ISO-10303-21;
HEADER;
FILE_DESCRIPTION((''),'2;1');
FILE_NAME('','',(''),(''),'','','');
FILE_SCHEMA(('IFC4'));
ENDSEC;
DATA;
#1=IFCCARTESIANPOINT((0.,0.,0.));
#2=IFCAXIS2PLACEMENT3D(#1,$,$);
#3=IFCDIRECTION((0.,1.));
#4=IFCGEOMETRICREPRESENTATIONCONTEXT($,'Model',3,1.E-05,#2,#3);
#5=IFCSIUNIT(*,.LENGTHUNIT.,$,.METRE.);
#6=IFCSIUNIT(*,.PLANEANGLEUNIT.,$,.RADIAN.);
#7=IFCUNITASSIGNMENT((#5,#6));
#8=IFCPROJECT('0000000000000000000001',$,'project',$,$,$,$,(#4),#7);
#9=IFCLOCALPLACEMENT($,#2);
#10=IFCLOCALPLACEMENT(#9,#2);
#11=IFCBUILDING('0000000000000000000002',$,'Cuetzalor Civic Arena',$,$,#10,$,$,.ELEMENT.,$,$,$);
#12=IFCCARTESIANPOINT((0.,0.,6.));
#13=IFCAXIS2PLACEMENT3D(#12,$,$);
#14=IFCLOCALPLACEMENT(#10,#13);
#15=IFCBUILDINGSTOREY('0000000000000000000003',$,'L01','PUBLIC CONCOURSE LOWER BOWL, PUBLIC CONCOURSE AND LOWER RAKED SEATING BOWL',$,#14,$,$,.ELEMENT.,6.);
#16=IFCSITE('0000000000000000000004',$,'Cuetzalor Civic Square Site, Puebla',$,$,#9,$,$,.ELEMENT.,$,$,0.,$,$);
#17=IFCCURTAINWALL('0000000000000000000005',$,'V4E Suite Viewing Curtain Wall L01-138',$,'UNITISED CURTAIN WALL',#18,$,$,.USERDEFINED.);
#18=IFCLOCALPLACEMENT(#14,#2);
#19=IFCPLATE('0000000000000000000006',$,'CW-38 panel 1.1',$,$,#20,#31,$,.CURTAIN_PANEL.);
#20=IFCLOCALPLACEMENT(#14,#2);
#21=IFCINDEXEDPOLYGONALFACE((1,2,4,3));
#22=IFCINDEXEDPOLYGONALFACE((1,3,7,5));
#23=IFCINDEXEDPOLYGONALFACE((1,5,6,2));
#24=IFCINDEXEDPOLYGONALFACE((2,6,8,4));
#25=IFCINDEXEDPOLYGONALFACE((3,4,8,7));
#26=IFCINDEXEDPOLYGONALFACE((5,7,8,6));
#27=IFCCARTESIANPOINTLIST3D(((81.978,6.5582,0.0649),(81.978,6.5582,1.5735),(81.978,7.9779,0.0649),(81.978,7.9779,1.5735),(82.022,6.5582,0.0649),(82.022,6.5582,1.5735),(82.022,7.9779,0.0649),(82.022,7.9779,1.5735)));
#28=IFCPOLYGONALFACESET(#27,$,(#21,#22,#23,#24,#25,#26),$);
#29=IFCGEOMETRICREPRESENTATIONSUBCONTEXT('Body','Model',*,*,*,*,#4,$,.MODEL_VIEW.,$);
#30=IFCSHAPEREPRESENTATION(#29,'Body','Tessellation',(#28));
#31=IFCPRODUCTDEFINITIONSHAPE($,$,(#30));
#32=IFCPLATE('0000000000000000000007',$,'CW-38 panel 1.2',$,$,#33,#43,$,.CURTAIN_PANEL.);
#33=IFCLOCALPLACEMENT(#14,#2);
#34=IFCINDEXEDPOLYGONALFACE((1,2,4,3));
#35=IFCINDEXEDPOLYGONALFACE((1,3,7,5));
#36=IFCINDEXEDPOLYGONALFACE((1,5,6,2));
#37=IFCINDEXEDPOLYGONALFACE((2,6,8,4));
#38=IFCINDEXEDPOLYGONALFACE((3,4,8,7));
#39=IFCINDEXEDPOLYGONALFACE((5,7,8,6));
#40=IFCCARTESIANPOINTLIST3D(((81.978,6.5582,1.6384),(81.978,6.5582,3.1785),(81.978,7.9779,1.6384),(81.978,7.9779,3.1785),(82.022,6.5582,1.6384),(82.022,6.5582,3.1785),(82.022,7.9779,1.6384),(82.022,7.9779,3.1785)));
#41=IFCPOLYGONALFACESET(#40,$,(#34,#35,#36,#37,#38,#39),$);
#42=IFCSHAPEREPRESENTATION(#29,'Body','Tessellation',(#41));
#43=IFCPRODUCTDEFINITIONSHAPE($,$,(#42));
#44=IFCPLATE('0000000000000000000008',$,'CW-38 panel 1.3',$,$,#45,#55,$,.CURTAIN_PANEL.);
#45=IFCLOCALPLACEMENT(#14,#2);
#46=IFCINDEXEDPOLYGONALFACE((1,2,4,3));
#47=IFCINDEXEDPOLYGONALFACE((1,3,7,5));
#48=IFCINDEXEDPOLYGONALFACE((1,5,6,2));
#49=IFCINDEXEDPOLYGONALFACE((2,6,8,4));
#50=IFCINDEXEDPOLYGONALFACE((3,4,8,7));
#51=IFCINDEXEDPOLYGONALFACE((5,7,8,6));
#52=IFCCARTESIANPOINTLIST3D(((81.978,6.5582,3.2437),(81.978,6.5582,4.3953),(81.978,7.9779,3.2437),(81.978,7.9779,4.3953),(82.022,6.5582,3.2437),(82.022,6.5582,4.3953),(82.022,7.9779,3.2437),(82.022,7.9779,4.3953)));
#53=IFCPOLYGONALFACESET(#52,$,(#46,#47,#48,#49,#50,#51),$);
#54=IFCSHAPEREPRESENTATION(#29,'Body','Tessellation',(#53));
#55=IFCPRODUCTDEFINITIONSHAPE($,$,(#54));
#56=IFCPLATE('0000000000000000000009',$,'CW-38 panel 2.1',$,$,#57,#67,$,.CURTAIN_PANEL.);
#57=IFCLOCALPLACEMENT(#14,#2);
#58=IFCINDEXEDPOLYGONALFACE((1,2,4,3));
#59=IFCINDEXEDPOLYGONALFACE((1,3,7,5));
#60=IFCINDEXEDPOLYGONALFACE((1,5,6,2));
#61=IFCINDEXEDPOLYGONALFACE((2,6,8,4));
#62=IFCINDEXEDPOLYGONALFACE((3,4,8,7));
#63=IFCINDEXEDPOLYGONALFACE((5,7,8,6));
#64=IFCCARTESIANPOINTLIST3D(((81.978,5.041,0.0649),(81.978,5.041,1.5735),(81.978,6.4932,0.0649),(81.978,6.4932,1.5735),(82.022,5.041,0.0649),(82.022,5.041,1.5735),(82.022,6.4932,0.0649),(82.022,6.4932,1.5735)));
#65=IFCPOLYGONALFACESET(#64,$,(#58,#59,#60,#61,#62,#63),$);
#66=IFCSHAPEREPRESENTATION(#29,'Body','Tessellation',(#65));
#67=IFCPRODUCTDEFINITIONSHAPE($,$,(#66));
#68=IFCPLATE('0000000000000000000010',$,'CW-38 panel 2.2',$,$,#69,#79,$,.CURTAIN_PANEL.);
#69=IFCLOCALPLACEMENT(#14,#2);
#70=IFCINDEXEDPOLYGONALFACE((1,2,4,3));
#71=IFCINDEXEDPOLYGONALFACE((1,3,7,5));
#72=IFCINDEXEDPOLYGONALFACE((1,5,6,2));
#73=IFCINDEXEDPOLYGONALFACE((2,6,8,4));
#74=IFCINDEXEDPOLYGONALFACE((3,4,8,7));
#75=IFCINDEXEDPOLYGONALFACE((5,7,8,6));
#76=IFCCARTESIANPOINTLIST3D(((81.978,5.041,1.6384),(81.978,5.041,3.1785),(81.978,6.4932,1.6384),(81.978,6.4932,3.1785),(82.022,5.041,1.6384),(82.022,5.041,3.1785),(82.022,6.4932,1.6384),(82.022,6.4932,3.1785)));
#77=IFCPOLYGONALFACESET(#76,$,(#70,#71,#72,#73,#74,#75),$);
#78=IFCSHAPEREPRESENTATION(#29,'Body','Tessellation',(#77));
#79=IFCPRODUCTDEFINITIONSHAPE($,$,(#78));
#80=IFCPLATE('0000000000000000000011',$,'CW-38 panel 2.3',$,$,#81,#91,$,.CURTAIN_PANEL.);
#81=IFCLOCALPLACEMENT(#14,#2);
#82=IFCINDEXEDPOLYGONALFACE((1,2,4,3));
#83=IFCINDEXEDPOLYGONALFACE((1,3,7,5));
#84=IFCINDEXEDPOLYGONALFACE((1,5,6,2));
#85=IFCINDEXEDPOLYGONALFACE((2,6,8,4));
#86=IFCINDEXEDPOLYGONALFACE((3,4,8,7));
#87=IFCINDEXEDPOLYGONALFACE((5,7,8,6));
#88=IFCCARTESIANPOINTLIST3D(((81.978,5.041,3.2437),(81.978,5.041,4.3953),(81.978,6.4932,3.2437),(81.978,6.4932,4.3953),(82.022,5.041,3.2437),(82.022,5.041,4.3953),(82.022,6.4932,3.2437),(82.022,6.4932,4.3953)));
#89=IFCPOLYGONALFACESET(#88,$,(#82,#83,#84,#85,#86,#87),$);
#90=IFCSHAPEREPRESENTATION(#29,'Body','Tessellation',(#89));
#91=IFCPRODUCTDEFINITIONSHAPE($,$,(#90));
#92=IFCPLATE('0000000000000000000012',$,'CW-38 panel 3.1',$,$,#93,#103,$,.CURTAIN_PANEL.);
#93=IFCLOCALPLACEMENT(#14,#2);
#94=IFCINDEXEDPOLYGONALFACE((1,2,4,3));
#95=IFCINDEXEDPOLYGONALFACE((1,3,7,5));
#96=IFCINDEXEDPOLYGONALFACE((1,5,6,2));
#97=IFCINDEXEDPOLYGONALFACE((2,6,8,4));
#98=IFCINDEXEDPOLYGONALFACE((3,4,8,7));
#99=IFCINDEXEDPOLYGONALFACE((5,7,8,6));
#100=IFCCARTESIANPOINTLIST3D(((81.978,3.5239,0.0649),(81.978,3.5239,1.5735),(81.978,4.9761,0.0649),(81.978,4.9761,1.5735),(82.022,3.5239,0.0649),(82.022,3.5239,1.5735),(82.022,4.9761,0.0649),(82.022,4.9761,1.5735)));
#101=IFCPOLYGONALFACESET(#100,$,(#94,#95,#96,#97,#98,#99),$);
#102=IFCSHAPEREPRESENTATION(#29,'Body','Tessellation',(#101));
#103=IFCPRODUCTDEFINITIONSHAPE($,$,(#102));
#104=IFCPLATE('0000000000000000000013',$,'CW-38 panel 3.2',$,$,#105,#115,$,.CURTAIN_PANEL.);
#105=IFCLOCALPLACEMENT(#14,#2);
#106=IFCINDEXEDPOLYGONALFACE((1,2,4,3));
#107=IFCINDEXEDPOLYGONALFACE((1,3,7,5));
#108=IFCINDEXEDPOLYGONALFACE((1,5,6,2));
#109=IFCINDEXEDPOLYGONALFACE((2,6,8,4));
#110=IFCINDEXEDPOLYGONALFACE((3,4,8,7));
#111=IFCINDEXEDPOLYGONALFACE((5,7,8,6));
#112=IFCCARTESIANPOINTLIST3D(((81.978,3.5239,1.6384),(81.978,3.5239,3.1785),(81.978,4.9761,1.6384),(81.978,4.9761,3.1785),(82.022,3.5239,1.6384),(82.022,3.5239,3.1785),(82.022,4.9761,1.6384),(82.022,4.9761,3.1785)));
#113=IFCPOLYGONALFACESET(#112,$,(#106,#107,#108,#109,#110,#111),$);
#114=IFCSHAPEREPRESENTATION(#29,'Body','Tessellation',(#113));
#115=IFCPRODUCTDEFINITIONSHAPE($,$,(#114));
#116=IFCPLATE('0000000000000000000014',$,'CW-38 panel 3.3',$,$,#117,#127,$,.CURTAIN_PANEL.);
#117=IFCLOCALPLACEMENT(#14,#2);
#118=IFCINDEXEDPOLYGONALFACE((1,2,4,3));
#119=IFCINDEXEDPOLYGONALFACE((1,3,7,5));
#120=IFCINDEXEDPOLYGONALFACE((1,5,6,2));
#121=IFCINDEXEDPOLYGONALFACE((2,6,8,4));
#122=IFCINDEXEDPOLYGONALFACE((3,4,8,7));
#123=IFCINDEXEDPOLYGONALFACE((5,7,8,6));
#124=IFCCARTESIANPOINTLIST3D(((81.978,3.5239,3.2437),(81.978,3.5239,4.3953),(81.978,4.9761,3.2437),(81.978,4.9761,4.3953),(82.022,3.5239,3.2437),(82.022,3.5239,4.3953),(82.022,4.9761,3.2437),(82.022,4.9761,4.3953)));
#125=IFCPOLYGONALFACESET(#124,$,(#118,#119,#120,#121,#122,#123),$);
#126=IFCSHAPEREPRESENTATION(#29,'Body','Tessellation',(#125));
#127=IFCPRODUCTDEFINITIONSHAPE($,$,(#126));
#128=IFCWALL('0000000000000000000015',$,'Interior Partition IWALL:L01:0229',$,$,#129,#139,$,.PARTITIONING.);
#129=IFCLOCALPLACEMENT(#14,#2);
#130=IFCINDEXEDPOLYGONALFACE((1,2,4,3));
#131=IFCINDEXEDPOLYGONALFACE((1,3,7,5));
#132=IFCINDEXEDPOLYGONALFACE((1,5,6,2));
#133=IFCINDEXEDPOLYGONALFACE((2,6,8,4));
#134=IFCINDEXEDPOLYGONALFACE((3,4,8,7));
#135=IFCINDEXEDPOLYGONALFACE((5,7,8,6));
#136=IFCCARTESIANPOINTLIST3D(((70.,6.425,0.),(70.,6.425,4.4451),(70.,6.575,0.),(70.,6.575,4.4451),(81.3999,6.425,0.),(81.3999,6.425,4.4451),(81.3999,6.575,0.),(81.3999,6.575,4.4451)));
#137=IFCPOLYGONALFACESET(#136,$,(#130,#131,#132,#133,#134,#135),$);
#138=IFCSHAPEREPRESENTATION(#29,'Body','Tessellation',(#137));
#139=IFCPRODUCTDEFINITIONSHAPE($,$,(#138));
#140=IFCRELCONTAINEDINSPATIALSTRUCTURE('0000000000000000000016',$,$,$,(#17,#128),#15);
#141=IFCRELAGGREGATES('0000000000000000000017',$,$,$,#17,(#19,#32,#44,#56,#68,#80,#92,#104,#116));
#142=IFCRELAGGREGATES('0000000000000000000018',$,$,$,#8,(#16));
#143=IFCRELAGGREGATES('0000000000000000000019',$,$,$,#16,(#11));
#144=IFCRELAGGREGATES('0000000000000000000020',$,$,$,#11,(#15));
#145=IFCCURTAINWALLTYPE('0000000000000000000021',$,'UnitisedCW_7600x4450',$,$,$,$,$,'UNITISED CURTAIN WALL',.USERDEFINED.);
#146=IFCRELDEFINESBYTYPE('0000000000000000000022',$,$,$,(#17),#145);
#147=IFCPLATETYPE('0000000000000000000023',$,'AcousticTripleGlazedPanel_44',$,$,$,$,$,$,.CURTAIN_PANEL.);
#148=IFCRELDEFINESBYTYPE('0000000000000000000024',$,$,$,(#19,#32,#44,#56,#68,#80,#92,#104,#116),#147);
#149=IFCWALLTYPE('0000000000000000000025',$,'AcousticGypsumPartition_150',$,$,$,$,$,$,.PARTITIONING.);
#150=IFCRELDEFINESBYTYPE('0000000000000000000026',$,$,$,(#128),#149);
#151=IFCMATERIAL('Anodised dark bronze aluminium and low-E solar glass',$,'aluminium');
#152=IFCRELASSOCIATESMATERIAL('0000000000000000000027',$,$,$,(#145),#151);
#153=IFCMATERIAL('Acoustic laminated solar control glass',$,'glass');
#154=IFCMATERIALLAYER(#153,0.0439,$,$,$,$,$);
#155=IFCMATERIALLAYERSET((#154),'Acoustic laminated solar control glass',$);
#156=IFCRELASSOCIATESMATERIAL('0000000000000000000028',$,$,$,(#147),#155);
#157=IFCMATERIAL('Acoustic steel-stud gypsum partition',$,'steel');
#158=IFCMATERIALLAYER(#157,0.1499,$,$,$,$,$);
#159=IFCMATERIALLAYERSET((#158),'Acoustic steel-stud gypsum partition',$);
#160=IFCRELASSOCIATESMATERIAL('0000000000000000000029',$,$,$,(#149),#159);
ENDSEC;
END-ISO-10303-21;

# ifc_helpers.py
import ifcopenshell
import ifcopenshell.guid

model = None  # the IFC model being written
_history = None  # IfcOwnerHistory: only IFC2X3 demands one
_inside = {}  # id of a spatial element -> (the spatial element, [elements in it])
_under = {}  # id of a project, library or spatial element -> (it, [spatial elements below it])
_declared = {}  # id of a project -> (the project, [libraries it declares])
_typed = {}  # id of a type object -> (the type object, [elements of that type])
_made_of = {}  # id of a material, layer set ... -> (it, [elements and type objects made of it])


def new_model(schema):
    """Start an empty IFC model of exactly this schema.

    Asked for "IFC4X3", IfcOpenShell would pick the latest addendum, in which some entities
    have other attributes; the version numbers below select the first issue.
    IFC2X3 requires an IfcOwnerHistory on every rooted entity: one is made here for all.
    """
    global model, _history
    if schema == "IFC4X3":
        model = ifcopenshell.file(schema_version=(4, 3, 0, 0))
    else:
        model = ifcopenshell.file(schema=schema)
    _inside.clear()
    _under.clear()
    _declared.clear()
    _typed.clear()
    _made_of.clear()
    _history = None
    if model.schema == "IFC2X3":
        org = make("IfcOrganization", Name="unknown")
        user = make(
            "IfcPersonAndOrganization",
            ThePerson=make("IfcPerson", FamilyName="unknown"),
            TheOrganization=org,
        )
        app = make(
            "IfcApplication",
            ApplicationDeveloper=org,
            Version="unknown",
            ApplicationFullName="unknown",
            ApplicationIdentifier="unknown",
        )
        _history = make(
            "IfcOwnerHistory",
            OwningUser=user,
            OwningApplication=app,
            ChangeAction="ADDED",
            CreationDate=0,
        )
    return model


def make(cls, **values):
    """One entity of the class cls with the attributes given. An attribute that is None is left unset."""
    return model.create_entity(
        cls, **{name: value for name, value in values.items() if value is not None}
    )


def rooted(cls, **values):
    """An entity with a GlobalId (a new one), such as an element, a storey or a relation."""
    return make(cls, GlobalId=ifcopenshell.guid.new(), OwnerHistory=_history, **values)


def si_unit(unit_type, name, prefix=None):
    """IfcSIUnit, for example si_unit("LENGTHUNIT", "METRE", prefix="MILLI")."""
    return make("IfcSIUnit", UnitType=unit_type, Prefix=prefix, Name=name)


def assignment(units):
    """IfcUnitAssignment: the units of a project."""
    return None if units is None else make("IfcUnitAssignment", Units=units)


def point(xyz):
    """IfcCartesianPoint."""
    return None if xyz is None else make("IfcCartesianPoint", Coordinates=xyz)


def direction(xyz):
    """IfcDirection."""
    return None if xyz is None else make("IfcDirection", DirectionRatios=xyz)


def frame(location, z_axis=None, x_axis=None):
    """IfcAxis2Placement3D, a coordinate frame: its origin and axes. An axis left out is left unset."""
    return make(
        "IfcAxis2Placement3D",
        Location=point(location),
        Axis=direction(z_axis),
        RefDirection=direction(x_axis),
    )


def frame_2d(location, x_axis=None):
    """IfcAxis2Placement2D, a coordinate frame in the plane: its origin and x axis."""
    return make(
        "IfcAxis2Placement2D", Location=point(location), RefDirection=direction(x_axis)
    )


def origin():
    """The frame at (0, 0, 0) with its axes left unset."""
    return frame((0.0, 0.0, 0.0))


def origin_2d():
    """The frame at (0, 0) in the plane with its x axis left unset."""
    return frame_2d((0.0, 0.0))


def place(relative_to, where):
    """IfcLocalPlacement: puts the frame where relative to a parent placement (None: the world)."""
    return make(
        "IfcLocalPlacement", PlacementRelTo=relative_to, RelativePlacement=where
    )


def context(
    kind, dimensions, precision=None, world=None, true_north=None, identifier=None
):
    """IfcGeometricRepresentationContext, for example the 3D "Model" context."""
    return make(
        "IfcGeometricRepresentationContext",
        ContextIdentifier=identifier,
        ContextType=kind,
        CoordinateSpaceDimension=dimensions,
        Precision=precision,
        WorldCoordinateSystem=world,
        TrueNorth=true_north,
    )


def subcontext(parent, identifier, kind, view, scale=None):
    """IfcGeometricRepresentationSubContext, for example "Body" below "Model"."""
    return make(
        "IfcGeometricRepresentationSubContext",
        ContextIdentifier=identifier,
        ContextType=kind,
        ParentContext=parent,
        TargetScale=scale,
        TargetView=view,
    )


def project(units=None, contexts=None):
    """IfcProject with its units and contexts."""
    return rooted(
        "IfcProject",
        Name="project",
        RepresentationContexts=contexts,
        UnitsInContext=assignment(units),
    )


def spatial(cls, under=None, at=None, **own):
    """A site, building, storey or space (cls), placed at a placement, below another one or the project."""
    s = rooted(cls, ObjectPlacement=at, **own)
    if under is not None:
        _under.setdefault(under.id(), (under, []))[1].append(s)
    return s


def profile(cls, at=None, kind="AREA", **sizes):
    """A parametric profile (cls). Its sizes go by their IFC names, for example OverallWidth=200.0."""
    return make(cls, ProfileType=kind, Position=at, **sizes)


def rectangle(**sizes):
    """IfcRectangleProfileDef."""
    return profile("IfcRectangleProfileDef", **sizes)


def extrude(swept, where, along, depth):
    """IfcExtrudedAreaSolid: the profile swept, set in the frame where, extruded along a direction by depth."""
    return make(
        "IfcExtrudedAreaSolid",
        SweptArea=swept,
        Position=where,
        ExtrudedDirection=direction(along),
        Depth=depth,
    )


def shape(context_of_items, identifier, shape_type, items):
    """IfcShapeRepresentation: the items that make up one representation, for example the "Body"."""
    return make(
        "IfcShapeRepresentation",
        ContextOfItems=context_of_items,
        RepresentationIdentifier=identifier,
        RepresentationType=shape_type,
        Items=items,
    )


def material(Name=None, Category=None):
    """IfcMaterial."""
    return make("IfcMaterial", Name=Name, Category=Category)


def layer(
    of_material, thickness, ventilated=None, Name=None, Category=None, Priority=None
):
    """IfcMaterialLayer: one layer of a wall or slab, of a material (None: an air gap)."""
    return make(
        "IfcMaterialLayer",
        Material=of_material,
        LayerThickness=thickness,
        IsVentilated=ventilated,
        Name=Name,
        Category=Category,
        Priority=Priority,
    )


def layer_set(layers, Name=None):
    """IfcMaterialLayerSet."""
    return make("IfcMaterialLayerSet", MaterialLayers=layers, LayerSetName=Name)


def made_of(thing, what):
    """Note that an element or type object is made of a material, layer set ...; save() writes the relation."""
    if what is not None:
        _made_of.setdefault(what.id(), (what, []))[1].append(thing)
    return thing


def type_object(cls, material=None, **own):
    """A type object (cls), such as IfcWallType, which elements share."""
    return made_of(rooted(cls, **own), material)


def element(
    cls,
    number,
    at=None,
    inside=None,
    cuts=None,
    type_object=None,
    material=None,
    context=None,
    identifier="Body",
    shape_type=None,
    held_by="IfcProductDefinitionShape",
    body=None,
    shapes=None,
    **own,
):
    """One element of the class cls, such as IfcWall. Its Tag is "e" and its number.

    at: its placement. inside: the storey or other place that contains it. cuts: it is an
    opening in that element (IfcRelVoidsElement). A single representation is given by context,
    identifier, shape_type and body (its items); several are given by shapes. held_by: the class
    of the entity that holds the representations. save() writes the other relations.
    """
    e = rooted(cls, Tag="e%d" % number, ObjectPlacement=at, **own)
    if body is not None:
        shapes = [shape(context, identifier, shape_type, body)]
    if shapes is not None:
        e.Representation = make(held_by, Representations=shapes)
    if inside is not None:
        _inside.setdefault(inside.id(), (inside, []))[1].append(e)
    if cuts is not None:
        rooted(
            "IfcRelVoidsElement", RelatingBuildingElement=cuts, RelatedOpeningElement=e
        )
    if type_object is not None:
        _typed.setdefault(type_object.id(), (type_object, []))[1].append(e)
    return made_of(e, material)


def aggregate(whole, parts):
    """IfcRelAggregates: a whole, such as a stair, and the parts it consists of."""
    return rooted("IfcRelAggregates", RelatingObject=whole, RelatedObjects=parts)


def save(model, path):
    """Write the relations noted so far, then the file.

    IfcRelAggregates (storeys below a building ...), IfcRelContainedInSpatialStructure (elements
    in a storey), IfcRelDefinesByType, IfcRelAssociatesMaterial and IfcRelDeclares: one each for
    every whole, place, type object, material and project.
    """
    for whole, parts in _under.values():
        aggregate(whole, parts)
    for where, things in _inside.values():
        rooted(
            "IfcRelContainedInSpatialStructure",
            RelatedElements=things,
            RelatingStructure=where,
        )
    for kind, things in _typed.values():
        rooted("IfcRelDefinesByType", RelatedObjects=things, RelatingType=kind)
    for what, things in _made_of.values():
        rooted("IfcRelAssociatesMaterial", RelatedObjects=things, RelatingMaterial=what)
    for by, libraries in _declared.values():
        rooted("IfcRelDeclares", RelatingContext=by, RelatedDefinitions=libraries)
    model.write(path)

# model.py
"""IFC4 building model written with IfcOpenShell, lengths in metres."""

from ifc_helpers import new_model, si_unit, direction, frame, frame_2d, origin, origin_2d, place, context, subcontext, project, spatial, rectangle, extrude, material, layer, layer_set, type_object, element, aggregate, save


model = new_model("IFC4")

# Units and contexts
model_context = context("Model", 3, precision=1e-05, world=origin(), true_north=direction((0.0, 1.0)))
body_context = subcontext(model_context, "Body", "Model", "MODEL_VIEW")
ifc_project = project(units=[si_unit("LENGTHUNIT", "METRE"), si_unit("PLANEANGLEUNIT", "RADIAN")], contexts=[model_context])

# Site, building, storey
site_placement = place(None, origin())
site = spatial("IfcSite", under=ifc_project, at=site_placement, Name="Cuetzalor Civic Square Site, Puebla", CompositionType="ELEMENT", RefElevation=0.0)
building_placement = place(site_placement, origin())
building = spatial("IfcBuilding", under=site, at=building_placement, Name="Cuetzalor Civic Arena", CompositionType="ELEMENT")
storey_placement = place(building_placement, frame((0.0, 0.0, 6.0)))
storey = spatial("IfcBuildingStorey", under=building, at=storey_placement, Name="L01", Description="PUBLIC CONCOURSE LOWER BOWL, PUBLIC CONCOURSE AND LOWER RAKED SEATING BOWL", CompositionType="ELEMENT", Elevation=6.0)

# Curtain wall
ifc_material_1 = material(Name="Anodised dark bronze aluminium and low-E solar glass", Category="aluminium")
curtain_wall_type = type_object("IfcCurtainWallType", Name="UnitisedCW_7600x4450", ElementType="UNITISED CURTAIN WALL", PredefinedType="USERDEFINED", material=ifc_material_1)
curtain_wall_placement = place(storey_placement, origin())
curtain_wall = element("IfcCurtainWall", 1, at=curtain_wall_placement, inside=storey, type_object=curtain_wall_type, Name="V4E Suite Viewing Curtain Wall L01-138", ObjectType="UNITISED CURTAIN WALL", PredefinedType="USERDEFINED")

# Plates
ifc_material_2 = material(Name="Acoustic laminated solar control glass", Category="glass")
ifc_layer_1 = layer(ifc_material_2, 0.0439)
ifc_layer_set_1 = layer_set([ifc_layer_1], Name="Acoustic laminated solar control glass")
plate_type = type_object("IfcPlateType", Name="AcousticTripleGlazedPanel_44", PredefinedType="CURTAIN_PANEL", material=ifc_layer_set_1)
plate_1_placement = place(storey_placement, frame((82.0, 7.2681, 0.0649), z_axis=(0.0, 0.0, 1.0), x_axis=(0.0, -1.0, 0.0)))
plate_1 = element("IfcPlate", 2, at=plate_1_placement, type_object=plate_type, Name="CW-38 panel 1.1", PredefinedType="CURTAIN_PANEL", context=body_context, shape_type="SweptSolid", body=[
    extrude(rectangle(XDim=1.4197, YDim=0.0439, at=origin_2d()), origin(), (0.0, 0.0, 1.0), 1.5085),
])
plate_2_placement = place(storey_placement, frame((82.0, 7.2681, 1.6384), z_axis=(0.0, 0.0, 1.0), x_axis=(0.0, -1.0, 0.0)))
plate_2 = element("IfcPlate", 3, at=plate_2_placement, type_object=plate_type, Name="CW-38 panel 1.2", PredefinedType="CURTAIN_PANEL", context=body_context, shape_type="SweptSolid", body=[
    extrude(rectangle(XDim=1.4197, YDim=0.0439, at=origin_2d()), origin(), (0.0, 0.0, 1.0), 1.54),
])
plate_3_placement = place(storey_placement, frame((82.0, 7.2681, 3.2437), z_axis=(0.0, 0.0, 1.0), x_axis=(0.0, -1.0, 0.0)))
plate_3 = element("IfcPlate", 4, at=plate_3_placement, type_object=plate_type, Name="CW-38 panel 1.3", PredefinedType="CURTAIN_PANEL", context=body_context, shape_type="SweptSolid", body=[
    extrude(rectangle(XDim=1.4197, YDim=0.0439, at=origin_2d()), origin(), (0.0, 0.0, 1.0), 1.1516),
])
plate_4_placement = place(storey_placement, frame((82.0, 5.7671, 0.0649), z_axis=(0.0, 0.0, 1.0), x_axis=(0.0, -1.0, 0.0)))
plate_4 = element("IfcPlate", 5, at=plate_4_placement, type_object=plate_type, Name="CW-38 panel 2.1", PredefinedType="CURTAIN_PANEL", context=body_context, shape_type="SweptSolid", body=[
    extrude(rectangle(XDim=1.4521, YDim=0.0439, at=origin_2d()), origin(), (0.0, 0.0, 1.0), 1.5085),
])
plate_5_placement = place(storey_placement, frame((82.0, 5.7671, 1.6384), z_axis=(0.0, 0.0, 1.0), x_axis=(0.0, -1.0, 0.0)))
plate_5 = element("IfcPlate", 6, at=plate_5_placement, type_object=plate_type, Name="CW-38 panel 2.2", PredefinedType="CURTAIN_PANEL", context=body_context, shape_type="SweptSolid", body=[
    extrude(rectangle(XDim=1.4521, YDim=0.0439, at=origin_2d()), origin(), (0.0, 0.0, 1.0), 1.54),
])
plate_6_placement = place(storey_placement, frame((82.0, 5.7671, 3.2437), z_axis=(0.0, 0.0, 1.0), x_axis=(0.0, -1.0, 0.0)))
plate_6 = element("IfcPlate", 7, at=plate_6_placement, type_object=plate_type, Name="CW-38 panel 2.3", PredefinedType="CURTAIN_PANEL", context=body_context, shape_type="SweptSolid", body=[
    extrude(rectangle(XDim=1.4521, YDim=0.0439, at=origin_2d()), origin(), (0.0, 0.0, 1.0), 1.1516),
])
plate_7_placement = place(storey_placement, frame((82.0, 4.25, 0.0649), z_axis=(0.0, 0.0, 1.0), x_axis=(0.0, -1.0, 0.0)))
plate_7 = element("IfcPlate", 8, at=plate_7_placement, type_object=plate_type, Name="CW-38 panel 3.1", PredefinedType="CURTAIN_PANEL", context=body_context, shape_type="SweptSolid", body=[
    extrude(rectangle(XDim=1.4521, YDim=0.0439, at=origin_2d()), origin(), (0.0, 0.0, 1.0), 1.5085),
])
plate_8_placement = place(storey_placement, frame((82.0, 4.25, 1.6384), z_axis=(0.0, 0.0, 1.0), x_axis=(0.0, -1.0, 0.0)))
plate_8 = element("IfcPlate", 9, at=plate_8_placement, type_object=plate_type, Name="CW-38 panel 3.2", PredefinedType="CURTAIN_PANEL", context=body_context, shape_type="SweptSolid", body=[
    extrude(rectangle(XDim=1.4521, YDim=0.0439, at=origin_2d()), origin(), (0.0, 0.0, 1.0), 1.54),
])
plate_9_placement = place(storey_placement, frame((82.0, 4.25, 3.2437), z_axis=(0.0, 0.0, 1.0), x_axis=(0.0, -1.0, 0.0)))
plate_9 = element("IfcPlate", 10, at=plate_9_placement, type_object=plate_type, Name="CW-38 panel 3.3", PredefinedType="CURTAIN_PANEL", context=body_context, shape_type="SweptSolid", body=[
    extrude(rectangle(XDim=1.4521, YDim=0.0439, at=origin_2d()), origin(), (0.0, 0.0, 1.0), 1.1516),
])
aggregate(curtain_wall, [plate_1, plate_2, plate_3, plate_4, plate_5, plate_6, plate_7, plate_8, plate_9])

# Wall
ifc_material_3 = material(Name="Acoustic steel-stud gypsum partition", Category="steel")
ifc_layer_2 = layer(ifc_material_3, 0.1499)
ifc_layer_set_2 = layer_set([ifc_layer_2], Name="Acoustic steel-stud gypsum partition")
wall_type = type_object("IfcWallType", Name="AcousticGypsumPartition_150", PredefinedType="PARTITIONING", material=ifc_layer_set_2)
wall_placement = place(storey_placement, frame((81.3999, 6.5, 0.0), z_axis=(0.0, 0.0, 1.0), x_axis=(-1.0, 0.0, 0.0)))
element("IfcWall", 11, at=wall_placement, inside=storey, type_object=wall_type, Name="Interior Partition IWALL:L01:0229", PredefinedType="PARTITIONING", context=body_context, shape_type="SweptSolid", body=[
    extrude(rectangle(XDim=11.3999, YDim=0.1499, at=frame_2d((5.7, 0.0))), origin(), (0.0, 0.0, 1.0), 4.4451),
])

save(model, "model.ifc")
